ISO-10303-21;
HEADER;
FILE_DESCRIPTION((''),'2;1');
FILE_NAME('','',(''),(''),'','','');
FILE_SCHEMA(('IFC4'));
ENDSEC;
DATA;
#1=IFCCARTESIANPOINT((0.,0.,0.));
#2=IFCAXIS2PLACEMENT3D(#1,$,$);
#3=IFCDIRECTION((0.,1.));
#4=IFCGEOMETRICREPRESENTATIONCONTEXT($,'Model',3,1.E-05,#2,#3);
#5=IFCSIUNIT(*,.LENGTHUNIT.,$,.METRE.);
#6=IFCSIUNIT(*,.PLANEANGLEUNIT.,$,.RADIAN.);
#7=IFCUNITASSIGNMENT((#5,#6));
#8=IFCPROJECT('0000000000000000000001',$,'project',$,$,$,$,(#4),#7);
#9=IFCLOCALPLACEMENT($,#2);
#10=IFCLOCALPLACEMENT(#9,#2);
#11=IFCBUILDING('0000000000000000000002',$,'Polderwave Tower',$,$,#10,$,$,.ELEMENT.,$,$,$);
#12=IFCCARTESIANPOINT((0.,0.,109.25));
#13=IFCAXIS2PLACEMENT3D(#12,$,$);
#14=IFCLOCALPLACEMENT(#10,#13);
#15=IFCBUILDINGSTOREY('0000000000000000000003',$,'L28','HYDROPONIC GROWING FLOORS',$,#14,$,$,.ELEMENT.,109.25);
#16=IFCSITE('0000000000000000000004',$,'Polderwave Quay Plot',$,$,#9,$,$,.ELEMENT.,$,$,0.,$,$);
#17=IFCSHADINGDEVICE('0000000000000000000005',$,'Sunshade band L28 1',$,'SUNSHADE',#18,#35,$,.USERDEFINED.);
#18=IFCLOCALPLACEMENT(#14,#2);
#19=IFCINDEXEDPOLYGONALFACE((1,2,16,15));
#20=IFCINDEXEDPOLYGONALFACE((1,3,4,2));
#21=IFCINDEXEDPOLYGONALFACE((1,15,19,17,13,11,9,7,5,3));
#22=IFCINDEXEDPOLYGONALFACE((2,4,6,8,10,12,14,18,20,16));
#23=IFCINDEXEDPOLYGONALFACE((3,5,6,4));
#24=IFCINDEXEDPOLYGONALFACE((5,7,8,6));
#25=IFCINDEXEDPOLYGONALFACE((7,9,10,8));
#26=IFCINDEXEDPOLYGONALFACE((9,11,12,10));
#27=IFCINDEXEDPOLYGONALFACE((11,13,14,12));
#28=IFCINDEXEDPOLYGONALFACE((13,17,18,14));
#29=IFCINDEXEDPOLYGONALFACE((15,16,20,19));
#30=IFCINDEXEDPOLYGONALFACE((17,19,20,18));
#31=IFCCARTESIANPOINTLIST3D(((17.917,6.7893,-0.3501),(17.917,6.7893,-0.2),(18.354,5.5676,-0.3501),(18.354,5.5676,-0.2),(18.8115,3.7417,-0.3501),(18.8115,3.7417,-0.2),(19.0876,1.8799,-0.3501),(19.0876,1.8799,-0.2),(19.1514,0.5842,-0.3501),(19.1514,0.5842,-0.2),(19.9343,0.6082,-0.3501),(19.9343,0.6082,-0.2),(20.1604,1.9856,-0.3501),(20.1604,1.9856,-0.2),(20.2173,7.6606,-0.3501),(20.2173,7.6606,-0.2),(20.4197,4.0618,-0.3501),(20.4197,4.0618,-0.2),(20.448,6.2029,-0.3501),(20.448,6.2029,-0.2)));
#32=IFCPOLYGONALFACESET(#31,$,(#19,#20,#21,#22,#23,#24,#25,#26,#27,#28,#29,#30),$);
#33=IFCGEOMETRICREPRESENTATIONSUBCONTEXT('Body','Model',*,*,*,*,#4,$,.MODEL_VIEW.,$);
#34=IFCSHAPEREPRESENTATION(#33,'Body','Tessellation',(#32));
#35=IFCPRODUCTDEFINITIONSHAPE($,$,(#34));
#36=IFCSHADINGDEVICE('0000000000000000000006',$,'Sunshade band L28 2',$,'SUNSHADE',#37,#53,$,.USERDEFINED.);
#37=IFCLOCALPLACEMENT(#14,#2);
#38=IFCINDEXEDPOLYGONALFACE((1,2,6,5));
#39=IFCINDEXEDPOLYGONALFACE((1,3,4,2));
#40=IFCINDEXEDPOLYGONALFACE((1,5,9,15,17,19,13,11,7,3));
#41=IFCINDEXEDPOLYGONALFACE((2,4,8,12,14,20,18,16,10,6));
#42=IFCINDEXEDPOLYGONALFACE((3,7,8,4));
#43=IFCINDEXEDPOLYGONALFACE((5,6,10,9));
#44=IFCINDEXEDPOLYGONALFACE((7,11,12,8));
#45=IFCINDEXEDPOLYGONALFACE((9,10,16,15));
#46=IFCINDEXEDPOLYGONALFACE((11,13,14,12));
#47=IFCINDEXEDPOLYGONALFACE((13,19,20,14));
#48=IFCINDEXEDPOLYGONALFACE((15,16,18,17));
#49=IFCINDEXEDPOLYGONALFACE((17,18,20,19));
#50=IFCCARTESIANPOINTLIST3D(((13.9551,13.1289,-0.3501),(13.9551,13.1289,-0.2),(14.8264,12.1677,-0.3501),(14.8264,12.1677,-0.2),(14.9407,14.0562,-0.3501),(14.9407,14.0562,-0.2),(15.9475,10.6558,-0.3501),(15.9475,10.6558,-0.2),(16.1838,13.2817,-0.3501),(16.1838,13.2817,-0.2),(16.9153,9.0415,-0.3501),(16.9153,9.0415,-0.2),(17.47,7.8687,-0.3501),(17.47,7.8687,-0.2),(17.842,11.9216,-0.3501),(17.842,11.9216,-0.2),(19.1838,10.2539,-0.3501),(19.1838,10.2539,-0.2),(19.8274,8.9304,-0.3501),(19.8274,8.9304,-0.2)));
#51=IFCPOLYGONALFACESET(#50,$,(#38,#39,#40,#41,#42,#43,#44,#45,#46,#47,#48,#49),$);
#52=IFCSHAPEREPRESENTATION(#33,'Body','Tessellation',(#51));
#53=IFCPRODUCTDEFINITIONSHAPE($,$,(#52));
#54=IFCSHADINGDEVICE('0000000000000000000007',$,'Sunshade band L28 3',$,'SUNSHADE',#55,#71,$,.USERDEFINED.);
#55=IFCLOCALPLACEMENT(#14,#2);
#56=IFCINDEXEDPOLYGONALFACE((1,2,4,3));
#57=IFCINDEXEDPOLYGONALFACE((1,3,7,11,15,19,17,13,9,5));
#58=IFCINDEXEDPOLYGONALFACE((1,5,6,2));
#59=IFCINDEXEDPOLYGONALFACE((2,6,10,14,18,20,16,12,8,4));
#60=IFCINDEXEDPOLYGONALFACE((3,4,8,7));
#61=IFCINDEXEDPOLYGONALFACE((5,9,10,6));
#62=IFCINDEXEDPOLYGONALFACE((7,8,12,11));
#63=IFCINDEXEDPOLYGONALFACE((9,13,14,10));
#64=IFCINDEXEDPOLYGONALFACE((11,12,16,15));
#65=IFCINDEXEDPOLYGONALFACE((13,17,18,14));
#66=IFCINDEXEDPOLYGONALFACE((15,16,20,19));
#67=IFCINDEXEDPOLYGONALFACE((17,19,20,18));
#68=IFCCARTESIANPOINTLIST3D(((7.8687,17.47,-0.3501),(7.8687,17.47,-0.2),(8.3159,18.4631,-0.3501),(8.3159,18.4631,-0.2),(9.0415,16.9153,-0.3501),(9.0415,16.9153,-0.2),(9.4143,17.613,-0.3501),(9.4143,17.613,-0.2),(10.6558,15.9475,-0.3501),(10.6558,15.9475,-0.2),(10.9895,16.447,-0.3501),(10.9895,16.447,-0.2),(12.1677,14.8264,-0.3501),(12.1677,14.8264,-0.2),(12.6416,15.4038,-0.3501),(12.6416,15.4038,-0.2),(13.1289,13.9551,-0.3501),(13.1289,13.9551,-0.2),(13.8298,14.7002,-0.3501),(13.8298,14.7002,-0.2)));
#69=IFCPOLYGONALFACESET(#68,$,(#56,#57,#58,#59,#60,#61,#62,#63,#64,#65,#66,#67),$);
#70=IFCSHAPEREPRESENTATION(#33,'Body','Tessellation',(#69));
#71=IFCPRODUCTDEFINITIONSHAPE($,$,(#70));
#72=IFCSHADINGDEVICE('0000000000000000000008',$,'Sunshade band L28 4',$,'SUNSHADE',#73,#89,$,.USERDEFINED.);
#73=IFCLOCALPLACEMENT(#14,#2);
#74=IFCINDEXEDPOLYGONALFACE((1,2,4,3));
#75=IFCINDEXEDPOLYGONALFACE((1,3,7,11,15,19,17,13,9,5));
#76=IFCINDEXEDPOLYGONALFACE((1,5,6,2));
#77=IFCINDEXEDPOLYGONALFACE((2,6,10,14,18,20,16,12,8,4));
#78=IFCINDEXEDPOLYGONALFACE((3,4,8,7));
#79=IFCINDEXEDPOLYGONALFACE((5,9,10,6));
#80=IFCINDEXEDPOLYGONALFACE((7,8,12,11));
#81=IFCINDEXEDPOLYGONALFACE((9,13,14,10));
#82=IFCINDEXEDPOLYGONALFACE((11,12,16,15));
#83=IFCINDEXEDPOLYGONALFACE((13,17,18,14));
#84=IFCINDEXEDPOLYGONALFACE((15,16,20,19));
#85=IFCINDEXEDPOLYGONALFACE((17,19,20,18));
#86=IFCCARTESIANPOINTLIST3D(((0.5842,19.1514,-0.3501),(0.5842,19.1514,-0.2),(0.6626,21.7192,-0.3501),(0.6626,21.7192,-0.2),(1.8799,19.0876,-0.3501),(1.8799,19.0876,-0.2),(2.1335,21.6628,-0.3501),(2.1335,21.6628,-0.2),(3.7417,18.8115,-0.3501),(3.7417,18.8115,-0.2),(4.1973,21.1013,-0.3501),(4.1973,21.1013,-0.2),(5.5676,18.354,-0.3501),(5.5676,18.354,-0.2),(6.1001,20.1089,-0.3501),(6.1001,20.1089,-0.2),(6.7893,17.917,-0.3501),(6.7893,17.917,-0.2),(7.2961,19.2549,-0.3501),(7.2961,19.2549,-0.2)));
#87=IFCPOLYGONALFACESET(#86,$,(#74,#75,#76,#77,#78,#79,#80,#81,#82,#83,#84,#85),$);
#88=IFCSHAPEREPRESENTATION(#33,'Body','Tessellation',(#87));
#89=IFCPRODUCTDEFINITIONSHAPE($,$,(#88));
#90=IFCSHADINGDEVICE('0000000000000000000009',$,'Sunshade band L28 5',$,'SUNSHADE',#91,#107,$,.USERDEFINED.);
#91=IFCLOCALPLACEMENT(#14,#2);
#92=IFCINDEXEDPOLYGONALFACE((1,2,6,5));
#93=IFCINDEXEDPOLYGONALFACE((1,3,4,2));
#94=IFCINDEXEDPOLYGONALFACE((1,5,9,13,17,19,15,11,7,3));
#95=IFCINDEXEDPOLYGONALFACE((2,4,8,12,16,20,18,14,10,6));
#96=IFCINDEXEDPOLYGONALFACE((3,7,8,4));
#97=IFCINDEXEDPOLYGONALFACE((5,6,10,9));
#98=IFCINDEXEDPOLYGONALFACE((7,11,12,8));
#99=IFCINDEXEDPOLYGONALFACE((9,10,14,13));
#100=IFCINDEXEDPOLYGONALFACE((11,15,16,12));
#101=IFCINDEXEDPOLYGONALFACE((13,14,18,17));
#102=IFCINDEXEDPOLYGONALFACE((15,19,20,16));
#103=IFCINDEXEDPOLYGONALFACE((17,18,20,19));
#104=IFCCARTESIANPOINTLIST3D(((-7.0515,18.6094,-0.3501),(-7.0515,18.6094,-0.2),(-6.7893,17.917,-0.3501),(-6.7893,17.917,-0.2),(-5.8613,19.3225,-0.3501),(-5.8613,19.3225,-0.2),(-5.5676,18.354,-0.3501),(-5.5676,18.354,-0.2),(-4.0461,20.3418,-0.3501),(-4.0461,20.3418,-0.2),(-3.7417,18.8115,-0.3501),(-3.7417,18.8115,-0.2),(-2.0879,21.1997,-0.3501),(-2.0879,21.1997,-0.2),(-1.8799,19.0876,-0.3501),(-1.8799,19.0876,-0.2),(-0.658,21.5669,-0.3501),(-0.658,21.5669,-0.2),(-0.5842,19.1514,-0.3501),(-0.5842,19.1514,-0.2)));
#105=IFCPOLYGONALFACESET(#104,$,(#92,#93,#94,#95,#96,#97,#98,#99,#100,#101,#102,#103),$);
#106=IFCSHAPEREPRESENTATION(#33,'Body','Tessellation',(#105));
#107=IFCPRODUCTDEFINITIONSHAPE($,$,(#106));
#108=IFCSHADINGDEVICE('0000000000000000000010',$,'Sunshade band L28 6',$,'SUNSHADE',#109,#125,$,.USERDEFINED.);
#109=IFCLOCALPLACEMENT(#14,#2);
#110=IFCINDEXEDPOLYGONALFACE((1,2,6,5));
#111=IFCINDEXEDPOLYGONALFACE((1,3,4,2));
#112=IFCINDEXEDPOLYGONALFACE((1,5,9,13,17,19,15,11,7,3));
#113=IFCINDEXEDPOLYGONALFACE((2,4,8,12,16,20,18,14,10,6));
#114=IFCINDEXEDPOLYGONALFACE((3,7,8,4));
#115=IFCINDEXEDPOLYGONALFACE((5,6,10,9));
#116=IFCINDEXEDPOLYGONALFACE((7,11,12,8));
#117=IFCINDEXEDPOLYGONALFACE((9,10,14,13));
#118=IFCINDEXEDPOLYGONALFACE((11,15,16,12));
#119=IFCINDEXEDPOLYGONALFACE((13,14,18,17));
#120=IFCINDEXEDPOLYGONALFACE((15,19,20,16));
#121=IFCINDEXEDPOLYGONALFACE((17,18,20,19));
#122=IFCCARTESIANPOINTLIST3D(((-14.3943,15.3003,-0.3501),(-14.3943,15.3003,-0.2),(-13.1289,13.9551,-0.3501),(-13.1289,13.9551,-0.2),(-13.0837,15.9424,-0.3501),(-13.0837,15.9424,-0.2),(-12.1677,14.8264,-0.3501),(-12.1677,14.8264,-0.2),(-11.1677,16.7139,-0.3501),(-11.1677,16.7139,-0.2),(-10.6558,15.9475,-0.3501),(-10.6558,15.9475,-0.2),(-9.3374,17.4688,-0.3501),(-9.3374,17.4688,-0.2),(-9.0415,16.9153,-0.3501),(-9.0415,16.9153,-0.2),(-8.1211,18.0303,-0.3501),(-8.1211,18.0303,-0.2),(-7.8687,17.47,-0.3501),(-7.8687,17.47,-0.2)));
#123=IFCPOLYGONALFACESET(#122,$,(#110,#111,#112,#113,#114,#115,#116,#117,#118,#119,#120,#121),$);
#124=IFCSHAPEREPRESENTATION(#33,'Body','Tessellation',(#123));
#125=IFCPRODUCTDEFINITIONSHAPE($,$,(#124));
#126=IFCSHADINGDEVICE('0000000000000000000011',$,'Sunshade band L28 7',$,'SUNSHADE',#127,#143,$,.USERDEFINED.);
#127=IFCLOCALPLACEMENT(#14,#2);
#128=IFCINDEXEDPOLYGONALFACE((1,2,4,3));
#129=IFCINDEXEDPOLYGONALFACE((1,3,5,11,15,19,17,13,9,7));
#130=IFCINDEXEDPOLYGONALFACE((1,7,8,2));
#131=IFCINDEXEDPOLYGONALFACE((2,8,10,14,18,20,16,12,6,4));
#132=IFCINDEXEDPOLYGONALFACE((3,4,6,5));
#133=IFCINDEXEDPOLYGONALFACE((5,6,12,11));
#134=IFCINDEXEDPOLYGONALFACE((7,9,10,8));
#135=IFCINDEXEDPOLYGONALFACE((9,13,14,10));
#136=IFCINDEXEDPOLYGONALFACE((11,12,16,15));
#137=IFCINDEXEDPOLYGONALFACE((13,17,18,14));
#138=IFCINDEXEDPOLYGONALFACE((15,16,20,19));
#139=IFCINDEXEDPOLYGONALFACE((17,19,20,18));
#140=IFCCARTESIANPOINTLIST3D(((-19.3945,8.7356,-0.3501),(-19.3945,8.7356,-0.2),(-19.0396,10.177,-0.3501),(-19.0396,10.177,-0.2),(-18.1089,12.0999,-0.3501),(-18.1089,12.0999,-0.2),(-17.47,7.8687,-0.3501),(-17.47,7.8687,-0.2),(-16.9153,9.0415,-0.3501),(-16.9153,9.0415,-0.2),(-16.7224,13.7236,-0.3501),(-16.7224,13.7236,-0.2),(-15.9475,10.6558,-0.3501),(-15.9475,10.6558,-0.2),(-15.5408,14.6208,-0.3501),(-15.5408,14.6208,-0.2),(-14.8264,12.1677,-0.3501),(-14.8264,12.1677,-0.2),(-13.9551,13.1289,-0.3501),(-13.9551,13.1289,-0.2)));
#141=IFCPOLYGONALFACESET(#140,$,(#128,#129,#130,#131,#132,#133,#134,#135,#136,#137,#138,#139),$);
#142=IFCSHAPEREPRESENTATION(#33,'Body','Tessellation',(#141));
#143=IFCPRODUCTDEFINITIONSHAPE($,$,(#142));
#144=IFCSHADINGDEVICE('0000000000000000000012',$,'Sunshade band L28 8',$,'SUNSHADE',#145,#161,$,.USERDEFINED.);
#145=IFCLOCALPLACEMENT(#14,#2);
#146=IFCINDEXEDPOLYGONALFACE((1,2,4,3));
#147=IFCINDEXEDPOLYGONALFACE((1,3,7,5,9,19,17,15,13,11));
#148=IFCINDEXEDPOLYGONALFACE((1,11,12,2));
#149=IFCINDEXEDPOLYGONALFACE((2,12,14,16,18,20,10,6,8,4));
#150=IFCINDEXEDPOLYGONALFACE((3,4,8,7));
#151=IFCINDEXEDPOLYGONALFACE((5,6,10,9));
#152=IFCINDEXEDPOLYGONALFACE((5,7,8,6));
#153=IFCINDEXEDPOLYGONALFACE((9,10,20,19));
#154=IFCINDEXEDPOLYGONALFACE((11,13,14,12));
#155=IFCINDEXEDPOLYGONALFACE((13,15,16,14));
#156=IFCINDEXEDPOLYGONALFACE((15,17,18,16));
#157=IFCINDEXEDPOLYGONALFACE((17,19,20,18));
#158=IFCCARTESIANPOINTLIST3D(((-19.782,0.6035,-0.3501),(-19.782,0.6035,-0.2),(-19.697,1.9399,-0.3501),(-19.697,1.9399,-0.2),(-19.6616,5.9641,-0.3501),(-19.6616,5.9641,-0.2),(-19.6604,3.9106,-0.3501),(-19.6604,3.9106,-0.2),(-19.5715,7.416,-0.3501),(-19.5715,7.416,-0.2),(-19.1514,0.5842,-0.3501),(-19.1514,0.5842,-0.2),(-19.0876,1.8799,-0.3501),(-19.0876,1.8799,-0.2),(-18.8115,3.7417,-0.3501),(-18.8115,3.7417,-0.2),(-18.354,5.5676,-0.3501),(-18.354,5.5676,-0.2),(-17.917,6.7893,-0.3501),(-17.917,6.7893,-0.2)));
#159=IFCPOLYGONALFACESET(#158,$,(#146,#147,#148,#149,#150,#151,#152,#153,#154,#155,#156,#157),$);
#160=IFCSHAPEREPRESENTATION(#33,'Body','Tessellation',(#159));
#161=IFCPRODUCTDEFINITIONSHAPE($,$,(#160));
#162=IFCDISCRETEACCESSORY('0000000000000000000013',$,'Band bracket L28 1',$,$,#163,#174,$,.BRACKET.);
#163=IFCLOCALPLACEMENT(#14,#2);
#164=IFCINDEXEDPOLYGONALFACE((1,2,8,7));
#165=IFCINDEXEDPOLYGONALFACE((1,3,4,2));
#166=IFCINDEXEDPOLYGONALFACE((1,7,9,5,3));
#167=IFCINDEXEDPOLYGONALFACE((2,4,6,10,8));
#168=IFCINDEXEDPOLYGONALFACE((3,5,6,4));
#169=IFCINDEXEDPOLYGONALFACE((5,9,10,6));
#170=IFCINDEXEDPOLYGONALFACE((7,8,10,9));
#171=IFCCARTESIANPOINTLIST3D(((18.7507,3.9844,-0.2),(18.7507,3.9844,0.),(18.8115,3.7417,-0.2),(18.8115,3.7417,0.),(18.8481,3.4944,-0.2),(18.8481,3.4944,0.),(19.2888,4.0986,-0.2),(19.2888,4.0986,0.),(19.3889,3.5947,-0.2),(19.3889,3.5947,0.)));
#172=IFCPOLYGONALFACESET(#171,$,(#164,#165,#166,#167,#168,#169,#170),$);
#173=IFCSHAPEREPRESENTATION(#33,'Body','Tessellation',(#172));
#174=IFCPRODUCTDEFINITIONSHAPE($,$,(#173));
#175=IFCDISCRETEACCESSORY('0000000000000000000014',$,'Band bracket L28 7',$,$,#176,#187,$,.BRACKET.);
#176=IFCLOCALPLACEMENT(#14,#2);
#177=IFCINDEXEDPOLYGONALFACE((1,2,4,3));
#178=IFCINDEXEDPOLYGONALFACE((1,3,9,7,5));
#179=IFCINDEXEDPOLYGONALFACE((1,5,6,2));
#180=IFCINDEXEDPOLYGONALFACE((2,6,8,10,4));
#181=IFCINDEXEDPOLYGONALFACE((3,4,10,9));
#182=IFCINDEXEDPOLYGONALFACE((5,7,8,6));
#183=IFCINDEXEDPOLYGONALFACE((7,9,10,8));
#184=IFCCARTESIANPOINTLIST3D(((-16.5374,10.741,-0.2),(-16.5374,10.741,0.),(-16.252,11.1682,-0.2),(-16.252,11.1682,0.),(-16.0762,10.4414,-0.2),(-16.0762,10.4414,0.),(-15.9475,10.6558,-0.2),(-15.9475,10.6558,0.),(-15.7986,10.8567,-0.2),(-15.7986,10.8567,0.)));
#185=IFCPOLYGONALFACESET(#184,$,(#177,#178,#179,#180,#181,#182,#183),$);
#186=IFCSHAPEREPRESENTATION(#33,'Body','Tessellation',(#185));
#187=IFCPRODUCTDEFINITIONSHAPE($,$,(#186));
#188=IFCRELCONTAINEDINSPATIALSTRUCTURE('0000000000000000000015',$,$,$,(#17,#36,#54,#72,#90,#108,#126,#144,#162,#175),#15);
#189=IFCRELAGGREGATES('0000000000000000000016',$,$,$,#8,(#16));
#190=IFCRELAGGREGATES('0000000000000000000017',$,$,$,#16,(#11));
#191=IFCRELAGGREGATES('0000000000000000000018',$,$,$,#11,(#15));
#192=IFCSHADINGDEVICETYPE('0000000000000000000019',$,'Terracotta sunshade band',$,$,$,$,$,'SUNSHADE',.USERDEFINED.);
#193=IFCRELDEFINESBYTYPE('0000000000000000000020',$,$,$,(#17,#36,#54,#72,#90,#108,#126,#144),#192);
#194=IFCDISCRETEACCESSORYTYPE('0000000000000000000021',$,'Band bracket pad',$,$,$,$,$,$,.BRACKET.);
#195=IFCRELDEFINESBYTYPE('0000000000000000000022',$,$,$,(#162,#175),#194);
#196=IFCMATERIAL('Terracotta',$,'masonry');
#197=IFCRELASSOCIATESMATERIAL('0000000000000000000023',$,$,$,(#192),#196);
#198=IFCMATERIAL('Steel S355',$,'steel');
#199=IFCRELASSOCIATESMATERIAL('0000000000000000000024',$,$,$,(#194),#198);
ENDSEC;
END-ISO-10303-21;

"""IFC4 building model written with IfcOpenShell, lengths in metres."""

from ifc_helpers import new_model, si_unit, direction, frame, origin, place, context, subcontext, project, spatial, polyline, outline, extrude, material, type_object, element, save


model = new_model("IFC4")

# Units and contexts
model_context = context("Model", 3, precision=1e-05, world=origin(), true_north=direction((0.0, 1.0)))
body_context = subcontext(model_context, "Body", "Model", "MODEL_VIEW")
ifc_project = project(units=[si_unit("LENGTHUNIT", "METRE"), si_unit("PLANEANGLEUNIT", "RADIAN")], contexts=[model_context])

# Site, building, storey
site_placement = place(None, origin())
site = spatial("IfcSite", under=ifc_project, at=site_placement, Name="Polderwave Quay Plot", CompositionType="ELEMENT", RefElevation=0.0)
building_placement = place(site_placement, origin())
building = spatial("IfcBuilding", under=site, at=building_placement, Name="Polderwave Tower", CompositionType="ELEMENT")
storey_placement = place(building_placement, frame((0.0, 0.0, 109.25)))
storey = spatial("IfcBuildingStorey", under=building, at=storey_placement, Name="L28", Description="HYDROPONIC GROWING FLOORS", CompositionType="ELEMENT", Elevation=109.25)

# Shading devices
ifc_material_1 = material(Name="Terracotta", Category="masonry")
shading_device_type = type_object("IfcShadingDeviceType", Name="Terracotta sunshade band", ElementType="SUNSHADE", PredefinedType="USERDEFINED", material=ifc_material_1)
shading_device_1_placement = place(storey_placement, frame((0.0, 0.0, -0.3501)))
element("IfcShadingDevice", 1, at=shading_device_1_placement, inside=storey, type_object=shading_device_type, Name="Sunshade band L28 1", ObjectType="SUNSHADE", PredefinedType="USERDEFINED", context=body_context, shape_type="SweptSolid", body=[
    extrude(outline(polyline([(19.1514, 0.5842), (19.0876, 1.8799), (18.8115, 3.7417), (18.354, 5.5676), (17.917, 6.7893), (20.2173, 7.6606), (20.448, 6.2029), (20.4197, 4.0618), (20.1604, 1.9856), (19.9343, 0.6082), (19.1514, 0.5842)])), origin(), (0.0, 0.0, 1.0), 0.1501),
])
shading_device_2_placement = place(storey_placement, frame((0.0, 0.0, -0.3501)))
element("IfcShadingDevice", 2, at=shading_device_2_placement, inside=storey, type_object=shading_device_type, Name="Sunshade band L28 2", ObjectType="SUNSHADE", PredefinedType="USERDEFINED", context=body_context, shape_type="SweptSolid", body=[
    extrude(outline(polyline([(17.47, 7.8687), (16.9153, 9.0415), (15.9475, 10.6558), (14.8264, 12.1677), (13.9551, 13.1289), (14.9407, 14.0562), (16.1838, 13.2817), (17.842, 11.9216), (19.1838, 10.2539), (19.8274, 8.9304), (17.47, 7.8687)])), origin(), (0.0, 0.0, 1.0), 0.1501),
])
shading_device_3_placement = place(storey_placement, frame((0.0, 0.0, -0.3501)))
element("IfcShadingDevice", 3, at=shading_device_3_placement, inside=storey, type_object=shading_device_type, Name="Sunshade band L28 3", ObjectType="SUNSHADE", PredefinedType="USERDEFINED", context=body_context, shape_type="SweptSolid", body=[
    extrude(outline(polyline([(13.1289, 13.9551), (12.1677, 14.8264), (10.6558, 15.9475), (9.0415, 16.9153), (7.8687, 17.47), (8.3159, 18.4631), (9.4143, 17.613), (10.9895, 16.447), (12.6416, 15.4038), (13.8298, 14.7002), (13.1289, 13.9551)])), origin(), (0.0, 0.0, 1.0), 0.1501),
])
shading_device_4_placement = place(storey_placement, frame((0.0, 0.0, -0.3501)))
element("IfcShadingDevice", 4, at=shading_device_4_placement, inside=storey, type_object=shading_device_type, Name="Sunshade band L28 4", ObjectType="SUNSHADE", PredefinedType="USERDEFINED", context=body_context, shape_type="SweptSolid", body=[
    extrude(outline(polyline([(6.7893, 17.917), (5.5676, 18.354), (3.7417, 18.8115), (1.8799, 19.0876), (0.5842, 19.1514), (0.6626, 21.7192), (2.1335, 21.6628), (4.1973, 21.1013), (6.1001, 20.1089), (7.2961, 19.2549), (6.7893, 17.917)])), origin(), (0.0, 0.0, 1.0), 0.1501),
])
shading_device_5_placement = place(storey_placement, frame((0.0, 0.0, -0.3501)))
element("IfcShadingDevice", 5, at=shading_device_5_placement, inside=storey, type_object=shading_device_type, Name="Sunshade band L28 5", ObjectType="SUNSHADE", PredefinedType="USERDEFINED", context=body_context, shape_type="SweptSolid", body=[
    extrude(outline(polyline([(-0.5842, 19.1514), (-1.8799, 19.0876), (-3.7417, 18.8115), (-5.5676, 18.354), (-6.7893, 17.917), (-7.0515, 18.6094), (-5.8613, 19.3225), (-4.0461, 20.3418), (-2.0879, 21.1997), (-0.658, 21.5669), (-0.5842, 19.1514)])), origin(), (0.0, 0.0, 1.0), 0.1501),
])
shading_device_6_placement = place(storey_placement, frame((0.0, 0.0, -0.3501)))
element("IfcShadingDevice", 6, at=shading_device_6_placement, inside=storey, type_object=shading_device_type, Name="Sunshade band L28 6", ObjectType="SUNSHADE", PredefinedType="USERDEFINED", context=body_context, shape_type="SweptSolid", body=[
    extrude(outline(polyline([(-7.8687, 17.47), (-9.0415, 16.9153), (-10.6558, 15.9475), (-12.1677, 14.8264), (-13.1289, 13.9551), (-14.3943, 15.3003), (-13.0837, 15.9424), (-11.1677, 16.7139), (-9.3374, 17.4688), (-8.1211, 18.0303), (-7.8687, 17.47)])), origin(), (0.0, 0.0, 1.0), 0.1501),
])
shading_device_7_placement = place(storey_placement, frame((0.0, 0.0, -0.3501)))
element("IfcShadingDevice", 7, at=shading_device_7_placement, inside=storey, type_object=shading_device_type, Name="Sunshade band L28 7", ObjectType="SUNSHADE", PredefinedType="USERDEFINED", context=body_context, shape_type="SweptSolid", body=[
    extrude(outline(polyline([(-13.9551, 13.1289), (-14.8264, 12.1677), (-15.9475, 10.6558), (-16.9153, 9.0415), (-17.47, 7.8687), (-19.3945, 8.7356), (-19.0396, 10.177), (-18.1089, 12.0999), (-16.7224, 13.7236), (-15.5408, 14.6208), (-13.9551, 13.1289)])), origin(), (0.0, 0.0, 1.0), 0.1501),
])
shading_device_8_placement = place(storey_placement, frame((0.0, 0.0, -0.3501)))
element("IfcShadingDevice", 8, at=shading_device_8_placement, inside=storey, type_object=shading_device_type, Name="Sunshade band L28 8", ObjectType="SUNSHADE", PredefinedType="USERDEFINED", context=body_context, shape_type="SweptSolid", body=[
    extrude(outline(polyline([(-17.917, 6.7893), (-18.354, 5.5676), (-18.8115, 3.7417), (-19.0876, 1.8799), (-19.1514, 0.5842), (-19.782, 0.6035), (-19.697, 1.9399), (-19.6604, 3.9106), (-19.6616, 5.9641), (-19.5715, 7.416), (-17.917, 6.7893)])), origin(), (0.0, 0.0, 1.0), 0.1501),
])

# Discrete accessories
ifc_material_2 = material(Name="Steel S355", Category="steel")
discrete_accessory_type = type_object("IfcDiscreteAccessoryType", Name="Band bracket pad", PredefinedType="BRACKET", material=ifc_material_2)
discrete_accessory_1_placement = place(storey_placement, frame((0.0, 0.0, -0.2)))
element("IfcDiscreteAccessory", 9, at=discrete_accessory_1_placement, inside=storey, type_object=discrete_accessory_type, Name="Band bracket L28 1", PredefinedType="BRACKET", context=body_context, shape_type="SweptSolid", body=[
    extrude(outline(polyline([(18.8481, 3.4944), (18.8115, 3.7417), (18.7507, 3.9844), (19.2888, 4.0986), (19.3889, 3.5947), (18.8481, 3.4944)])), origin(), (0.0, 0.0, 1.0), 0.2),
])
discrete_accessory_2_placement = place(storey_placement, frame((0.0, 0.0, -0.2)))
element("IfcDiscreteAccessory", 10, at=discrete_accessory_2_placement, inside=storey, type_object=discrete_accessory_type, Name="Band bracket L28 7", PredefinedType="BRACKET", context=body_context, shape_type="SweptSolid", body=[
    extrude(outline(polyline([(-15.7986, 10.8567), (-15.9475, 10.6558), (-16.0762, 10.4414), (-16.5374, 10.741), (-16.252, 11.1682), (-15.7986, 10.8567)])), origin(), (0.0, 0.0, 1.0), 0.2),
])

save(model, "model.ifc")
